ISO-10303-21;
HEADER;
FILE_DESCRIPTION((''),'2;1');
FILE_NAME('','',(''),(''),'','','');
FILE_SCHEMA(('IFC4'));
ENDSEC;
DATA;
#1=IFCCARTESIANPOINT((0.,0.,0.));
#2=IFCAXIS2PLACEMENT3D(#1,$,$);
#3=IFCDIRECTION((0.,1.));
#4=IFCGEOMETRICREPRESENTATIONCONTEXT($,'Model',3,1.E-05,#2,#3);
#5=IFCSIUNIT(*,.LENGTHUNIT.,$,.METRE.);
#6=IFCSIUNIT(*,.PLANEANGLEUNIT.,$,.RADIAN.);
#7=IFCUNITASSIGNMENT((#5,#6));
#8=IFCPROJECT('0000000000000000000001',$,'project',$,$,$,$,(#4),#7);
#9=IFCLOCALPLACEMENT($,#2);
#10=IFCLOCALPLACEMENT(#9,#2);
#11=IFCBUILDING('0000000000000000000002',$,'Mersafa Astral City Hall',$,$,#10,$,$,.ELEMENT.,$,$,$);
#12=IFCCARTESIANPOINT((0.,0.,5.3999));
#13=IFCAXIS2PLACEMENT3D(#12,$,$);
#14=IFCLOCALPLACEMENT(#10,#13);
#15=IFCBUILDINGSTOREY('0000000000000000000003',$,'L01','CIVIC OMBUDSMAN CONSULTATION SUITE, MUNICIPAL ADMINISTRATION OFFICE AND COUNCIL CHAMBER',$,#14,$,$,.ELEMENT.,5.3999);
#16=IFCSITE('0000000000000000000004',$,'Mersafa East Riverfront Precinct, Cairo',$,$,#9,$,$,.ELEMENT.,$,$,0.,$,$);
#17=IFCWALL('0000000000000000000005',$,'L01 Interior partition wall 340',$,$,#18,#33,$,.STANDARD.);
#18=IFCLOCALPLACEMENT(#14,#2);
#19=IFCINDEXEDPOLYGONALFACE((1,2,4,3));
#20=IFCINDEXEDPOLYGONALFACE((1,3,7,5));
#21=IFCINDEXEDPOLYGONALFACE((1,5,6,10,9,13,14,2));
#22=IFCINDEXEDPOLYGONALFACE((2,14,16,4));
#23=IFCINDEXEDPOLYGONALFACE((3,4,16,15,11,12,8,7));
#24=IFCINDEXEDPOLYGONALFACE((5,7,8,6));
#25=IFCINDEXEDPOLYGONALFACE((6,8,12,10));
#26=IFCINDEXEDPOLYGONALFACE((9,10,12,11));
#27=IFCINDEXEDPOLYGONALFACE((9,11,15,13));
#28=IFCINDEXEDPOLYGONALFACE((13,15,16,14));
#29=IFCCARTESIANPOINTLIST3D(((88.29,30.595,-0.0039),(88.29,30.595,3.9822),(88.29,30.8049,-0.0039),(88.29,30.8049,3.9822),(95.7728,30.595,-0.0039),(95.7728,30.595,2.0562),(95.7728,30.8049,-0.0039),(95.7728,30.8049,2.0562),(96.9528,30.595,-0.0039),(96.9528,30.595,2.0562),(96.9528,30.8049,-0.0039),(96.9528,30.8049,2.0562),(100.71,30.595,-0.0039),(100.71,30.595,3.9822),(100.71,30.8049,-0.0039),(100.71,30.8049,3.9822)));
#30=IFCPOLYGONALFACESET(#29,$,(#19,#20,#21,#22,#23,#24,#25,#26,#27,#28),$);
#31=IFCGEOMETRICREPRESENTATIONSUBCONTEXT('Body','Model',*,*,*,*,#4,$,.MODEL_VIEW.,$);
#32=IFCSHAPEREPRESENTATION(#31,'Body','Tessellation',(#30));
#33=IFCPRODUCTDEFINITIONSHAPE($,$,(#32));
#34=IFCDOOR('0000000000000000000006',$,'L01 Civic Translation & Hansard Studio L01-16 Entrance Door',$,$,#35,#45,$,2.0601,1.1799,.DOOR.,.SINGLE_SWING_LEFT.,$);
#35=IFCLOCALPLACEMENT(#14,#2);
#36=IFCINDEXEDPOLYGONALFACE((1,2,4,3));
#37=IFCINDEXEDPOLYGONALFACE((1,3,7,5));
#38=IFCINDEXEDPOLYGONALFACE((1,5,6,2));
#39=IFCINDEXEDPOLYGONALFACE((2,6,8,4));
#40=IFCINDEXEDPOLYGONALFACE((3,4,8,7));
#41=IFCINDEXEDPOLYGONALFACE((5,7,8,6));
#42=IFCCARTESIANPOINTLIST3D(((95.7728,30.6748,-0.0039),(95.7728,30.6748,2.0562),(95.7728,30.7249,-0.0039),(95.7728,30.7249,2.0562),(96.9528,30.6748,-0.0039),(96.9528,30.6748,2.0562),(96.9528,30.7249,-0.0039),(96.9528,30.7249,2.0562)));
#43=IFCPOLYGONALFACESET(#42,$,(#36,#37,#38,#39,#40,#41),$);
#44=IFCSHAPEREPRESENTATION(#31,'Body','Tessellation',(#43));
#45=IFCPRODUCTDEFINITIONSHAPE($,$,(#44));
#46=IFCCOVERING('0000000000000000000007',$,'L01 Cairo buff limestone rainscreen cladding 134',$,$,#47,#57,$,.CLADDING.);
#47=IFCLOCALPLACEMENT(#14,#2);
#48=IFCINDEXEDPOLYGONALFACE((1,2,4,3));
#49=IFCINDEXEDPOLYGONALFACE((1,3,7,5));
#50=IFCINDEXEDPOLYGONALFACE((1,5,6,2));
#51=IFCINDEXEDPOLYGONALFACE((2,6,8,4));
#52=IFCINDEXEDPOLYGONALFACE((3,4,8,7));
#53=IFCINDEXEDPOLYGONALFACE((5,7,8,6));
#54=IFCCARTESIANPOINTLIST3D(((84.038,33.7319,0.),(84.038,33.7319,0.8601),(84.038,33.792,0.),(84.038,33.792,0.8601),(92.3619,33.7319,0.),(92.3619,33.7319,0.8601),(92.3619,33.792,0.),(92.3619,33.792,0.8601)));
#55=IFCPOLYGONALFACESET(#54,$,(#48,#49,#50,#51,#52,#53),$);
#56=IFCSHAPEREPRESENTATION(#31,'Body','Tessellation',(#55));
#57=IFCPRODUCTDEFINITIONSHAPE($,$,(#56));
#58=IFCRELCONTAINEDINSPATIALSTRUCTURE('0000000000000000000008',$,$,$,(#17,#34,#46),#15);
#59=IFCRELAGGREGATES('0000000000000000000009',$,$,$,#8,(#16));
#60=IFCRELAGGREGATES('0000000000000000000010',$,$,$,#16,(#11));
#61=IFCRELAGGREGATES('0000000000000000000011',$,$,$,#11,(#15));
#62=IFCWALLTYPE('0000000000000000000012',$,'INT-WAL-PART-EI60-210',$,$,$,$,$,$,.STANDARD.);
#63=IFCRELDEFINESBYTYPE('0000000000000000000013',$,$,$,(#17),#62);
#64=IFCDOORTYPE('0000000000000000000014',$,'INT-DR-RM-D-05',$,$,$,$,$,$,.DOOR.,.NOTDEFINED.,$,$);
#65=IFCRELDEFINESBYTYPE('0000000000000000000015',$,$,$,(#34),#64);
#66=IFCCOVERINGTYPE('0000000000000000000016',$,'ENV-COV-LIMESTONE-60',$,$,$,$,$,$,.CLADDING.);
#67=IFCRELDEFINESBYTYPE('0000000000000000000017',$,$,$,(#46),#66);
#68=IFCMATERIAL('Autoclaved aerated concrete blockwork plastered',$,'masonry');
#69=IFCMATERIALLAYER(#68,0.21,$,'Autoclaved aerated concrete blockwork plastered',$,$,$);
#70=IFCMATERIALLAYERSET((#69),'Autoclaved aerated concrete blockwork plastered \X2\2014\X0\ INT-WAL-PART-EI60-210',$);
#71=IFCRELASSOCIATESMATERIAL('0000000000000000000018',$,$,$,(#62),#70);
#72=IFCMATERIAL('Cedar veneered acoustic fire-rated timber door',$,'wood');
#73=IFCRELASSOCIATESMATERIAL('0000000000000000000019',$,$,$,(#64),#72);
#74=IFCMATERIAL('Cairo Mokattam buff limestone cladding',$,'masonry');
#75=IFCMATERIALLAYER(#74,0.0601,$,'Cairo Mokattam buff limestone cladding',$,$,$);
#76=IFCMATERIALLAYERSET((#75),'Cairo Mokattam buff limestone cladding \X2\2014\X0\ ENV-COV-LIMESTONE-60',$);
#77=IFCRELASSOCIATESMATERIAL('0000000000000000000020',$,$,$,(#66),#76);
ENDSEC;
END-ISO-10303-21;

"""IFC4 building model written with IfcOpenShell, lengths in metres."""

from ifc_helpers import new_model, si_unit, direction, frame, frame_2d, origin, origin_2d, place, context, subcontext, project, spatial, rectangle, extrude, material, layer, layer_set, type_object, element, fill, save


model = new_model("IFC4")

# Units and contexts
model_context = context("Model", 3, precision=1e-05, world=origin(), true_north=direction((0.0, 1.0)))
body_context = subcontext(model_context, "Body", "Model", "MODEL_VIEW")
ifc_project = project(units=[si_unit("LENGTHUNIT", "METRE"), si_unit("PLANEANGLEUNIT", "RADIAN")], contexts=[model_context])

# Site, building, storey
site_placement = place(None, origin())
site = spatial("IfcSite", under=ifc_project, at=site_placement, Name="Mersafa East Riverfront Precinct, Cairo", CompositionType="ELEMENT", RefElevation=0.0)
building_placement = place(site_placement, origin())
building = spatial("IfcBuilding", under=site, at=building_placement, Name="Mersafa Astral City Hall", CompositionType="ELEMENT")
storey_placement = place(building_placement, frame((0.0, 0.0, 5.3999)))
storey = spatial("IfcBuildingStorey", under=building, at=storey_placement, Name="L01", Description="CIVIC OMBUDSMAN CONSULTATION SUITE, MUNICIPAL ADMINISTRATION OFFICE AND COUNCIL CHAMBER", CompositionType="ELEMENT", Elevation=5.3999)

# Wall, opening, door
ifc_material_1 = material(Name="Cedar veneered acoustic fire-rated timber door", Category="wood")
ifc_material_2 = material(Name="Autoclaved aerated concrete blockwork plastered", Category="masonry")
ifc_layer_1 = layer(ifc_material_2, 0.21, Name="Autoclaved aerated concrete blockwork plastered")
ifc_layer_set_1 = layer_set([ifc_layer_1], Name="Autoclaved aerated concrete blockwork plastered — INT-WAL-PART-EI60-210")
wall_type_1 = type_object("IfcWallType", Name="INT-WAL-PART-EI60-210", PredefinedType="STANDARD", material=ifc_layer_set_1)
wall_1_placement = place(storey_placement, frame((88.29, 30.7, -0.0039), z_axis=(0.0, 0.0, 1.0), x_axis=(1.0, 0.0, 0.0)))
wall_1 = element("IfcWall", 1, at=wall_1_placement, inside=storey, type_object=wall_type_1, Name="L01 Interior partition wall 340", PredefinedType="STANDARD", context=body_context, shape_type="SweptSolid", body=[
    extrude(rectangle(XDim=12.4199, YDim=0.21, at=frame_2d((6.21, 0.0))), origin(), (0.0, 0.0, 1.0), 3.9861),
])
opening_1_placement = place(wall_1_placement, frame((7.4829, 0.0, 0.0)))
opening_1 = element("IfcOpeningElement", 2, at=opening_1_placement, cuts=wall_1, PredefinedType="OPENING", context=body_context, shape_type="SweptSolid", body=[
    extrude(rectangle(XDim=1.1799, YDim=2.0601, at=frame_2d((0.5898, 1.03))), frame((0.0, 0.115, 0.0), z_axis=(0.0, -1.0, 0.0), x_axis=(1.0, 0.0, 0.0)), (0.0, 0.0, 1.0), 0.23),
])
door_type_1 = type_object("IfcDoorType", Name="INT-DR-RM-D-05", OperationType="NOTDEFINED", PredefinedType="DOOR", material=ifc_material_1)
door_1_placement = place(opening_1_placement, origin())
door_1 = element("IfcDoor", 3, at=door_1_placement, inside=storey, type_object=door_type_1, Name="L01 Civic Translation & Hansard Studio L01-16 Entrance Door", OperationType="SINGLE_SWING_LEFT", OverallHeight=2.0601, OverallWidth=1.1799, PredefinedType="DOOR", context=body_context, shape_type="SweptSolid", body=[
    extrude(rectangle(XDim=1.1799, YDim=2.0601, at=frame_2d((0.5898, 1.03))), frame((0.0, 0.0249, 0.0), z_axis=(0.0, -1.0, 0.0), x_axis=(1.0, 0.0, 0.0)), (0.0, 0.0, 1.0), 0.05),
])
fill(opening_1, door_1)

# Covering
ifc_material_3 = material(Name="Cairo Mokattam buff limestone cladding", Category="masonry")
ifc_layer_2 = layer(ifc_material_3, 0.0601, Name="Cairo Mokattam buff limestone cladding")
ifc_layer_set_2 = layer_set([ifc_layer_2], Name="Cairo Mokattam buff limestone cladding — ENV-COV-LIMESTONE-60")
covering_type = type_object("IfcCoveringType", Name="ENV-COV-LIMESTONE-60", PredefinedType="CLADDING", material=ifc_layer_set_2)
covering_placement = place(storey_placement, frame((88.2, 33.762, 0.0), z_axis=(0.0, 0.0, 1.0), x_axis=(-1.0, 0.0, 0.0)))
element("IfcCovering", 4, at=covering_placement, inside=storey, type_object=covering_type, Name="L01 Cairo buff limestone rainscreen cladding 134", PredefinedType="CLADDING", context=body_context, shape_type="SweptSolid", body=[
    extrude(rectangle(XDim=8.324, YDim=0.0601, at=origin_2d()), origin(), (0.0, 0.0, 1.0), 0.8601),
])

save(model, "model.ifc")
